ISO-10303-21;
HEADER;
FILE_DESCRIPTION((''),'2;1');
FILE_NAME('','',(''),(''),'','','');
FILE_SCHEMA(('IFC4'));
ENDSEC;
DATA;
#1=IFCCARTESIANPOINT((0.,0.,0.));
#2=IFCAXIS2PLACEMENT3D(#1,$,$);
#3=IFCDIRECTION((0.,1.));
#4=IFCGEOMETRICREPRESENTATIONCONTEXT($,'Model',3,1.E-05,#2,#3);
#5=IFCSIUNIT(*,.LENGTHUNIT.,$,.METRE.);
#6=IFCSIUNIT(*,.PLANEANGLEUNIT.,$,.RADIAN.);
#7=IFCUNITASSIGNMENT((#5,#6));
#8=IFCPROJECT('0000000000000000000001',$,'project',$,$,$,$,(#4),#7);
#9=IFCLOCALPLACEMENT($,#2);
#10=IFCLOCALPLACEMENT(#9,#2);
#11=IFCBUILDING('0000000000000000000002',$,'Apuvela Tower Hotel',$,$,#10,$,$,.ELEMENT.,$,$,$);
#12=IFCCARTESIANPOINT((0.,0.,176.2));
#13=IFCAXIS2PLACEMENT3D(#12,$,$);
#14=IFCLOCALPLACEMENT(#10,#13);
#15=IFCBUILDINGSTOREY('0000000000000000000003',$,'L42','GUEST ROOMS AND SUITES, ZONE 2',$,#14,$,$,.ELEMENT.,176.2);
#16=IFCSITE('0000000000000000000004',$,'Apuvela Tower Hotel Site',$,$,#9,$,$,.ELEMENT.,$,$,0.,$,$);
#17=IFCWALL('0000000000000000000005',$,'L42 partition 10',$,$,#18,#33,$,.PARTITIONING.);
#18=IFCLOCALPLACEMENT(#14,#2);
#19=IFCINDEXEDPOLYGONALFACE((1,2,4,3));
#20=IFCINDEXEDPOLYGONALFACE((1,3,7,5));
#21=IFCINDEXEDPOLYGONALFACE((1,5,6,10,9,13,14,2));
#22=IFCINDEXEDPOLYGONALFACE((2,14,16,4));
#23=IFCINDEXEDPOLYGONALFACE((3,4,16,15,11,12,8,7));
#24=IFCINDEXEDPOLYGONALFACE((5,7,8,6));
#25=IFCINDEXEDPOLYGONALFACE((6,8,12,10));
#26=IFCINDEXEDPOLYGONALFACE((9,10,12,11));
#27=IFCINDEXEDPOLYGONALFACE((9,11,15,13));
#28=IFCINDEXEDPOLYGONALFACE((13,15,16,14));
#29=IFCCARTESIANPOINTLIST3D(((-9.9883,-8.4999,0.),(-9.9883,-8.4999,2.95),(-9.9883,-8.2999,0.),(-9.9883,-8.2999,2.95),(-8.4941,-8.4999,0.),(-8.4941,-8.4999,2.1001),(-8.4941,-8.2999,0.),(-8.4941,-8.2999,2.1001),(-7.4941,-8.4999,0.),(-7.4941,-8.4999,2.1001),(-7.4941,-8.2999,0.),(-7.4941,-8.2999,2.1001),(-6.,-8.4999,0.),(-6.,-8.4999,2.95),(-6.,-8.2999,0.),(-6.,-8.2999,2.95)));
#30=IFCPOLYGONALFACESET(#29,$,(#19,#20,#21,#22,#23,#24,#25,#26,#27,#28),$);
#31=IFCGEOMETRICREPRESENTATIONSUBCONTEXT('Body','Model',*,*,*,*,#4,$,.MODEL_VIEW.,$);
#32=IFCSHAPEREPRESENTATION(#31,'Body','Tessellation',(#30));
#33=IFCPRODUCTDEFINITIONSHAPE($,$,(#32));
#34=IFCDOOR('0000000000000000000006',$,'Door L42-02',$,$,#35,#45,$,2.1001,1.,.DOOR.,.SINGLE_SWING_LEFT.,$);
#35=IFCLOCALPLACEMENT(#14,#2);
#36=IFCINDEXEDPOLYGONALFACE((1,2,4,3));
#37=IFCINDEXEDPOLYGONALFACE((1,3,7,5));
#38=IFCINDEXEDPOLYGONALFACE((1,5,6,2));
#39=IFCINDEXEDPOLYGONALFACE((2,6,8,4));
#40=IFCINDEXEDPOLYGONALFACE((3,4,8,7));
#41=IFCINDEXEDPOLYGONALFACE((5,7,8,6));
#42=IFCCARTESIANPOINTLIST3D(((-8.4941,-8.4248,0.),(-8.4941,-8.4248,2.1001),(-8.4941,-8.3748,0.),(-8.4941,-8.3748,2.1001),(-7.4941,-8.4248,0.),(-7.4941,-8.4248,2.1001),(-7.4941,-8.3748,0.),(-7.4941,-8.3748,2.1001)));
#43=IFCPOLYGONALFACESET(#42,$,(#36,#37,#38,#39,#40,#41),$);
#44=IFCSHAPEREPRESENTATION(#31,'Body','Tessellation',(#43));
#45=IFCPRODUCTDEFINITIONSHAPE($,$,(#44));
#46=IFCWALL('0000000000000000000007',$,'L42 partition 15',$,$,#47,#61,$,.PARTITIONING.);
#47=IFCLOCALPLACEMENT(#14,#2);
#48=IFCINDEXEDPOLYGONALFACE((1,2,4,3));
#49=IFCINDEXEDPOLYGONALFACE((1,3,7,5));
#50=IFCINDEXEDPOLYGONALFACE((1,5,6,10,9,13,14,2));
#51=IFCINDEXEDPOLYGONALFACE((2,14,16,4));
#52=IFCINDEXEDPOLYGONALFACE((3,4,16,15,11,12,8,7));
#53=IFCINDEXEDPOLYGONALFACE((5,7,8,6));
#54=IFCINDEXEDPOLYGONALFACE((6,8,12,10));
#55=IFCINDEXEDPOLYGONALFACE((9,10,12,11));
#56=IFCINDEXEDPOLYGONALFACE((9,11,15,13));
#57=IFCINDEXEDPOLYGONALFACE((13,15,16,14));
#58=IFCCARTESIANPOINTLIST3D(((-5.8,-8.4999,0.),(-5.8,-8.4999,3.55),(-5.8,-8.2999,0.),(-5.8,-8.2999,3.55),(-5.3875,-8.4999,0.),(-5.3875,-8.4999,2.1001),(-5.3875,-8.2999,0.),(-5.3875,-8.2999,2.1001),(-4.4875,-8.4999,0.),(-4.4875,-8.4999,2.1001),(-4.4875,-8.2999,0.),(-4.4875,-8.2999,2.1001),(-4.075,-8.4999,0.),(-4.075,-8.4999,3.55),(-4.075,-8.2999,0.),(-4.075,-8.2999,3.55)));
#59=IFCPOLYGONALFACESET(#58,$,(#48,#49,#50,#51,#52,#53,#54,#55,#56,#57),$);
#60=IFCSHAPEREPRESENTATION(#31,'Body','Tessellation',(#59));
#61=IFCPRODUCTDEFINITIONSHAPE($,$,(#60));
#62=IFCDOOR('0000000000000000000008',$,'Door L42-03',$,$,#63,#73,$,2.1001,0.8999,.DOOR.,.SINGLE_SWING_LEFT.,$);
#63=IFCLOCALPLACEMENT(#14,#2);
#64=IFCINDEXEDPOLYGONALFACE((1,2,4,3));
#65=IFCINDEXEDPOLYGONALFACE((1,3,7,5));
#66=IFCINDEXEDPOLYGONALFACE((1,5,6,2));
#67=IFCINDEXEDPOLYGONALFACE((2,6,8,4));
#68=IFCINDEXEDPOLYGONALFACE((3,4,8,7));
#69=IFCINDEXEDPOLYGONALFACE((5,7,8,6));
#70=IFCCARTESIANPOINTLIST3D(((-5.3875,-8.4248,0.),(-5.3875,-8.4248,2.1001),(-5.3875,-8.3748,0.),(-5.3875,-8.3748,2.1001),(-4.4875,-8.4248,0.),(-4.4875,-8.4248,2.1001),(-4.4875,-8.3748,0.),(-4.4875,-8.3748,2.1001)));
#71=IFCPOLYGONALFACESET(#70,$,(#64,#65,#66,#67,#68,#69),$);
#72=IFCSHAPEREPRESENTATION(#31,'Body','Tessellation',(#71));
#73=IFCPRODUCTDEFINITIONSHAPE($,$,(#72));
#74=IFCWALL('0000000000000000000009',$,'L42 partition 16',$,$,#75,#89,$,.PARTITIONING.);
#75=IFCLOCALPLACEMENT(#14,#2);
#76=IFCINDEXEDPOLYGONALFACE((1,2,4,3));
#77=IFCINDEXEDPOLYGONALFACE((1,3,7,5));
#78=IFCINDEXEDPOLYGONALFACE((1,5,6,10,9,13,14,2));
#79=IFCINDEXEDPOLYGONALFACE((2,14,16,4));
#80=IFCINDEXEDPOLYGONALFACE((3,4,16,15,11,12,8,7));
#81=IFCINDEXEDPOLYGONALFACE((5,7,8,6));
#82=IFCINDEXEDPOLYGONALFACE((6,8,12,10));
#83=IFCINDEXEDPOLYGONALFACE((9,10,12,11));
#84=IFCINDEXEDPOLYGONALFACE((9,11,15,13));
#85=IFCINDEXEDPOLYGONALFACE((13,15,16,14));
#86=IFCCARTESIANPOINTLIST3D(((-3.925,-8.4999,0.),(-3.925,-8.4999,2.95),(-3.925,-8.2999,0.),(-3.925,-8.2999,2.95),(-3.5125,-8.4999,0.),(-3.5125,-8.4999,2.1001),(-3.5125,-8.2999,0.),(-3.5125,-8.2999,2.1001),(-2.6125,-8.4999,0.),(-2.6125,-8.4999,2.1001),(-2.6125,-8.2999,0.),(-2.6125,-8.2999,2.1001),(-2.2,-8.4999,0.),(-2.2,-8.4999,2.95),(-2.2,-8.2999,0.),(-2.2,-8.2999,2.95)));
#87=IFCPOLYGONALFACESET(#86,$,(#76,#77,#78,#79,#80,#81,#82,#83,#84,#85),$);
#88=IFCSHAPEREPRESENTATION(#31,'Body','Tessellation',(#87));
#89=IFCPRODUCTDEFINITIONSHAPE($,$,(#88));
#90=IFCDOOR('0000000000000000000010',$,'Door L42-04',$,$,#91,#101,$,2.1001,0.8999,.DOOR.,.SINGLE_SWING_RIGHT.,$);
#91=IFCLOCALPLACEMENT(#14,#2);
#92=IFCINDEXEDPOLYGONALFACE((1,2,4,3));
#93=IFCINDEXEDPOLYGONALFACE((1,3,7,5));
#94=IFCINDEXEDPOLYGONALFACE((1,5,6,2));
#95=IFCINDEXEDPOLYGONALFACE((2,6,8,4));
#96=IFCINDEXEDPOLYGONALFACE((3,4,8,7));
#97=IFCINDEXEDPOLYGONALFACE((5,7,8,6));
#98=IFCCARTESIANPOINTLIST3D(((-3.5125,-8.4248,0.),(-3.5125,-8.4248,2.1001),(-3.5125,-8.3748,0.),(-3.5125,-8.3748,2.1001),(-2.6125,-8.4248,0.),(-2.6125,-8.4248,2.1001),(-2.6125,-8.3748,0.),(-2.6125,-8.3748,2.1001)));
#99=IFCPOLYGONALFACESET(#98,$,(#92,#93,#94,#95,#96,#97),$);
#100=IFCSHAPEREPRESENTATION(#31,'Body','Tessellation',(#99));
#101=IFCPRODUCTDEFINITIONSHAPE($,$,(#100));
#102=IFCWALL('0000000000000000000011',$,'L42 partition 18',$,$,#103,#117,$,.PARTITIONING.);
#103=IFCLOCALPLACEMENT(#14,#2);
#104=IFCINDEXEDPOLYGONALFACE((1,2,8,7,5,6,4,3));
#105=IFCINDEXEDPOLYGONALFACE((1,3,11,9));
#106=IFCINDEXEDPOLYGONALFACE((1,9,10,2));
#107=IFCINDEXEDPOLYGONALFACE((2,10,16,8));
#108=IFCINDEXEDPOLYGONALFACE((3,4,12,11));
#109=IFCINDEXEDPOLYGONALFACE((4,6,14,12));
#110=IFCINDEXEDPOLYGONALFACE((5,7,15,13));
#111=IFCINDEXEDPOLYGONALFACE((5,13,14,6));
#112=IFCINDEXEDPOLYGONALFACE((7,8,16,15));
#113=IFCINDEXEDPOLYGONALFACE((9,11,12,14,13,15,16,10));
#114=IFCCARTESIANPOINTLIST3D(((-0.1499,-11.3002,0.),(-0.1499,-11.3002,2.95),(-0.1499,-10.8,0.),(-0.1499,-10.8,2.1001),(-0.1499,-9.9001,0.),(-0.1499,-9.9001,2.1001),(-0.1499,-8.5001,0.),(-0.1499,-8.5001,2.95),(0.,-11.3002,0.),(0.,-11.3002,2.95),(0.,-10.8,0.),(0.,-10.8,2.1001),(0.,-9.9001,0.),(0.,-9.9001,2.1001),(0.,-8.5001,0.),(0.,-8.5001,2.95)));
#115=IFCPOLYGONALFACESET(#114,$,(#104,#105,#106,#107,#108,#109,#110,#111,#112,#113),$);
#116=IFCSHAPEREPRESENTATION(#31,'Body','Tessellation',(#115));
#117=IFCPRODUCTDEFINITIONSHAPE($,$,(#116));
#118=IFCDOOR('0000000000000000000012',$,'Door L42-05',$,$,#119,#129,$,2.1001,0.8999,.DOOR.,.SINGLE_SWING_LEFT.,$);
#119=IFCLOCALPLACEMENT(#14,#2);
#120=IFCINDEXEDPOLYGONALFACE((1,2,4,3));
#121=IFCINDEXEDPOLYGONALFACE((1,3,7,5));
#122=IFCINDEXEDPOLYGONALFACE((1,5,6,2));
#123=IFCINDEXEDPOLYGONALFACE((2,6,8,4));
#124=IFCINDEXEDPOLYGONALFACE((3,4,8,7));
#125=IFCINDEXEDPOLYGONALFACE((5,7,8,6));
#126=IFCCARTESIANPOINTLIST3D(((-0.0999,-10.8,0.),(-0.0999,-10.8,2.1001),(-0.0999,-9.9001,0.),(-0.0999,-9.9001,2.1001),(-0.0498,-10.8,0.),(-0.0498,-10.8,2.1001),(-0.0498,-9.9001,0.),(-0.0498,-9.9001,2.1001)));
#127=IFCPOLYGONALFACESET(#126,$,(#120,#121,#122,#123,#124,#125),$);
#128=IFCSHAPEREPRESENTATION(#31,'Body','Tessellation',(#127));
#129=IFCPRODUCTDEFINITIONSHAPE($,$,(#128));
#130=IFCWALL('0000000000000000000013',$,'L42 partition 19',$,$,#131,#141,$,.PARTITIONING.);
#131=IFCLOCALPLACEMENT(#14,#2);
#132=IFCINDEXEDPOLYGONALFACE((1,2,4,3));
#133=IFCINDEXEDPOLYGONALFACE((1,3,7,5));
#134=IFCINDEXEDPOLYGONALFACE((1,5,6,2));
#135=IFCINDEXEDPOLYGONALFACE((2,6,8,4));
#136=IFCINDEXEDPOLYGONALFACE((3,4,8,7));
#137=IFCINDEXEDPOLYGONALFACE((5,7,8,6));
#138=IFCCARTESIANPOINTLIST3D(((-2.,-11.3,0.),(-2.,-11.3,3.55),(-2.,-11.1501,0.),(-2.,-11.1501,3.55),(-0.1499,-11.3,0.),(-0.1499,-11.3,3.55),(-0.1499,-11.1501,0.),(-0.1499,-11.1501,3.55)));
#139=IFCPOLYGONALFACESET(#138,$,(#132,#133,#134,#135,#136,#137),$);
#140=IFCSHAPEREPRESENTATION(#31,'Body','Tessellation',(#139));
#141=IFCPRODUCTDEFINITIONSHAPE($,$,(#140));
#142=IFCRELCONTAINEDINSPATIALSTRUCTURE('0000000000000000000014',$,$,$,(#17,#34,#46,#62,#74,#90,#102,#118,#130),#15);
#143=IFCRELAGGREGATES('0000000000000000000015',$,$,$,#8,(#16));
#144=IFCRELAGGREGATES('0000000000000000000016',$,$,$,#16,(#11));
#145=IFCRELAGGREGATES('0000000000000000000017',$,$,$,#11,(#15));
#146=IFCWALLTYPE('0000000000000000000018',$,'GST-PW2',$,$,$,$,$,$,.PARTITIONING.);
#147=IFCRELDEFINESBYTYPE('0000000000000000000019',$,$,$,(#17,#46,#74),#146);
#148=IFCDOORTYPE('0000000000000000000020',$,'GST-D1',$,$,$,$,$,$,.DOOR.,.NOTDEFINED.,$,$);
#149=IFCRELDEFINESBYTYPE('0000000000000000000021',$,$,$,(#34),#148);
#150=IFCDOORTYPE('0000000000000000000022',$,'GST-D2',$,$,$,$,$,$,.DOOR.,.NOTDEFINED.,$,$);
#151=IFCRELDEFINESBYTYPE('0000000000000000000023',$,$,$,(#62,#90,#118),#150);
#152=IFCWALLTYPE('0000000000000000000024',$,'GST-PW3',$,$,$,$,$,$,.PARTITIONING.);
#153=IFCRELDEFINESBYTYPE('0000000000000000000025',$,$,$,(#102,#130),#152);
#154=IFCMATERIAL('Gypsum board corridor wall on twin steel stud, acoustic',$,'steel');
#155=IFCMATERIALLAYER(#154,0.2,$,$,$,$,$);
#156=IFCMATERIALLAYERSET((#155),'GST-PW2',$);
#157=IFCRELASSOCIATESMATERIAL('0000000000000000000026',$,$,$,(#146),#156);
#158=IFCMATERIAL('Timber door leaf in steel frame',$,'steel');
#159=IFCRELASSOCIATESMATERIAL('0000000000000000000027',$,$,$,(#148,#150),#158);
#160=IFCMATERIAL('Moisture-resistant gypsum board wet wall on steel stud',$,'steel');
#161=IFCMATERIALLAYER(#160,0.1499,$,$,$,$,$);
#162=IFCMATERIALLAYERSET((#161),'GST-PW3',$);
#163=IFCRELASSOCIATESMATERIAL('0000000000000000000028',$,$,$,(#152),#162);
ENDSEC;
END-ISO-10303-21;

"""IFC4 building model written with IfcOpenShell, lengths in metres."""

from ifc_helpers import new_model, si_unit, direction, frame, frame_2d, origin, place, context, subcontext, project, spatial, rectangle, extrude, material, layer, layer_set, type_object, element, fill, save


model = new_model("IFC4")

# Units and contexts
model_context = context("Model", 3, precision=1e-05, world=origin(), true_north=direction((0.0, 1.0)))
body_context = subcontext(model_context, "Body", "Model", "MODEL_VIEW")
ifc_project = project(units=[si_unit("LENGTHUNIT", "METRE"), si_unit("PLANEANGLEUNIT", "RADIAN")], contexts=[model_context])

# Site, building, storey
site_placement = place(None, origin())
site = spatial("IfcSite", under=ifc_project, at=site_placement, Name="Apuvela Tower Hotel Site", CompositionType="ELEMENT", RefElevation=0.0)
building_placement = place(site_placement, origin())
building = spatial("IfcBuilding", under=site, at=building_placement, Name="Apuvela Tower Hotel", CompositionType="ELEMENT")
storey_placement = place(building_placement, frame((0.0, 0.0, 176.2)))
storey = spatial("IfcBuildingStorey", under=building, at=storey_placement, Name="L42", Description="GUEST ROOMS AND SUITES, ZONE 2", CompositionType="ELEMENT", Elevation=176.2)

# Walls, openings, doors
ifc_material_1 = material(Name="Gypsum board corridor wall on twin steel stud, acoustic", Category="steel")
ifc_layer_1 = layer(ifc_material_1, 0.2)
ifc_layer_set_1 = layer_set([ifc_layer_1], Name="GST-PW2")
wall_type_1 = type_object("IfcWallType", Name="GST-PW2", PredefinedType="PARTITIONING", material=ifc_layer_set_1)
wall_1_placement = place(storey_placement, frame((-6.0, -8.3999, 0.0), z_axis=(0.0, 0.0, 1.0), x_axis=(-1.0, 0.0, 0.0)))
wall_1 = element("IfcWall", 1, at=wall_1_placement, inside=storey, type_object=wall_type_1, Name="L42 partition 10", PredefinedType="PARTITIONING", context=body_context, shape_type="SweptSolid", body=[
    extrude(rectangle(XDim=3.9883, YDim=0.2, at=frame_2d((1.9941, 0.0))), origin(), (0.0, 0.0, 1.0), 2.95),
])
opening_1_placement = place(wall_1_placement, frame((1.4941, 0.0, 0.0)))
opening_1 = element("IfcOpeningElement", 2, at=opening_1_placement, cuts=wall_1, PredefinedType="OPENING", context=body_context, shape_type="SweptSolid", body=[
    extrude(rectangle(XDim=1.0, YDim=2.1001, at=frame_2d((0.5, 1.05))), frame((0.0, 0.1099, 0.0), z_axis=(0.0, -1.0, 0.0), x_axis=(1.0, 0.0, 0.0)), (0.0, 0.0, 1.0), 0.22),
])
ifc_material_2 = material(Name="Timber door leaf in steel frame", Category="steel")
door_type_1 = type_object("IfcDoorType", Name="GST-D1", OperationType="NOTDEFINED", PredefinedType="DOOR", material=ifc_material_2)
door_1_placement = place(opening_1_placement, origin())
door_1 = element("IfcDoor", 3, at=door_1_placement, inside=storey, type_object=door_type_1, Name="Door L42-02", OperationType="SINGLE_SWING_LEFT", OverallHeight=2.1001, OverallWidth=1.0, PredefinedType="DOOR", context=body_context, shape_type="SweptSolid", body=[
    extrude(rectangle(XDim=1.0, YDim=2.1001, at=frame_2d((0.5, 1.05))), frame((0.0, 0.0249, 0.0), z_axis=(0.0, -1.0, 0.0), x_axis=(1.0, 0.0, 0.0)), (0.0, 0.0, 1.0), 0.05),
])
fill(opening_1, door_1)
wall_2_placement = place(storey_placement, frame((-4.075, -8.3999, 0.0), z_axis=(0.0, 0.0, 1.0), x_axis=(-1.0, 0.0, 0.0)))
wall_2 = element("IfcWall", 4, at=wall_2_placement, inside=storey, type_object=wall_type_1, Name="L42 partition 15", PredefinedType="PARTITIONING", context=body_context, shape_type="SweptSolid", body=[
    extrude(rectangle(XDim=1.7251, YDim=0.2, at=frame_2d((0.8625, 0.0))), origin(), (0.0, 0.0, 1.0), 3.55),
])
opening_2_placement = place(wall_2_placement, frame((0.4126, 0.0, 0.0)))
opening_2 = element("IfcOpeningElement", 5, at=opening_2_placement, cuts=wall_2, PredefinedType="OPENING", context=body_context, shape_type="SweptSolid", body=[
    extrude(rectangle(XDim=0.8999, YDim=2.1001, at=frame_2d((0.45, 1.05))), frame((0.0, 0.1099, 0.0), z_axis=(0.0, -1.0, 0.0), x_axis=(1.0, 0.0, 0.0)), (0.0, 0.0, 1.0), 0.22),
])
door_type_2 = type_object("IfcDoorType", Name="GST-D2", OperationType="NOTDEFINED", PredefinedType="DOOR", material=ifc_material_2)
door_2_placement = place(opening_2_placement, origin())
door_2 = element("IfcDoor", 6, at=door_2_placement, inside=storey, type_object=door_type_2, Name="Door L42-03", OperationType="SINGLE_SWING_LEFT", OverallHeight=2.1001, OverallWidth=0.8999, PredefinedType="DOOR", context=body_context, shape_type="SweptSolid", body=[
    extrude(rectangle(XDim=0.8999, YDim=2.1001, at=frame_2d((0.45, 1.05))), frame((0.0, 0.0249, 0.0), z_axis=(0.0, -1.0, 0.0), x_axis=(1.0, 0.0, 0.0)), (0.0, 0.0, 1.0), 0.05),
])
fill(opening_2, door_2)
wall_3_placement = place(storey_placement, frame((-2.2, -8.3999, 0.0), z_axis=(0.0, 0.0, 1.0), x_axis=(-1.0, 0.0, 0.0)))
wall_3 = element("IfcWall", 7, at=wall_3_placement, inside=storey, type_object=wall_type_1, Name="L42 partition 16", PredefinedType="PARTITIONING", context=body_context, shape_type="SweptSolid", body=[
    extrude(rectangle(XDim=1.7251, YDim=0.2, at=frame_2d((0.8625, 0.0))), origin(), (0.0, 0.0, 1.0), 2.95),
])
opening_3_placement = place(wall_3_placement, frame((0.4126, 0.0, 0.0)))
opening_3 = element("IfcOpeningElement", 8, at=opening_3_placement, cuts=wall_3, PredefinedType="OPENING", context=body_context, shape_type="SweptSolid", body=[
    extrude(rectangle(XDim=0.8999, YDim=2.1001, at=frame_2d((0.45, 1.05))), frame((0.0, 0.1099, 0.0), z_axis=(0.0, -1.0, 0.0), x_axis=(1.0, 0.0, 0.0)), (0.0, 0.0, 1.0), 0.22),
])
door_3_placement = place(opening_3_placement, origin())
door_3 = element("IfcDoor", 9, at=door_3_placement, inside=storey, type_object=door_type_2, Name="Door L42-04", OperationType="SINGLE_SWING_RIGHT", OverallHeight=2.1001, OverallWidth=0.8999, PredefinedType="DOOR", context=body_context, shape_type="SweptSolid", body=[
    extrude(rectangle(XDim=0.8999, YDim=2.1001, at=frame_2d((0.45, 1.05))), frame((0.0, 0.0249, 0.0), z_axis=(0.0, -1.0, 0.0), x_axis=(1.0, 0.0, 0.0)), (0.0, 0.0, 1.0), 0.05),
])
fill(opening_3, door_3)
ifc_material_3 = material(Name="Moisture-resistant gypsum board wet wall on steel stud", Category="steel")
ifc_layer_2 = layer(ifc_material_3, 0.1499)
ifc_layer_set_2 = layer_set([ifc_layer_2], Name="GST-PW3")
wall_type_2 = type_object("IfcWallType", Name="GST-PW3", PredefinedType="PARTITIONING", material=ifc_layer_set_2)
wall_4_placement = place(storey_placement, frame((-0.075, -11.3, 0.0), z_axis=(0.0, 0.0, 1.0), x_axis=(0.0, 1.0, 0.0)))
wall_4 = element("IfcWall", 10, at=wall_4_placement, inside=storey, type_object=wall_type_2, Name="L42 partition 18", PredefinedType="PARTITIONING", context=body_context, shape_type="SweptSolid", body=[
    extrude(rectangle(XDim=2.8, YDim=0.1499, at=frame_2d((1.3999, 0.0))), origin(), (0.0, 0.0, 1.0), 2.95),
])
opening_4_placement = place(wall_4_placement, frame((0.5, 0.0, 0.0)))
opening_4 = element("IfcOpeningElement", 11, at=opening_4_placement, cuts=wall_4, PredefinedType="OPENING", context=body_context, shape_type="SweptSolid", body=[
    extrude(rectangle(XDim=0.8999, YDim=2.1001, at=frame_2d((0.45, 1.05))), frame((0.0, 0.085, 0.0), z_axis=(0.0, -1.0, 0.0), x_axis=(1.0, 0.0, 0.0)), (0.0, 0.0, 1.0), 0.1699),
])
door_4_placement = place(opening_4_placement, origin())
door_4 = element("IfcDoor", 12, at=door_4_placement, inside=storey, type_object=door_type_2, Name="Door L42-05", OperationType="SINGLE_SWING_LEFT", OverallHeight=2.1001, OverallWidth=0.8999, PredefinedType="DOOR", context=body_context, shape_type="SweptSolid", body=[
    extrude(rectangle(XDim=0.8999, YDim=2.1001, at=frame_2d((0.45, 1.05))), frame((0.0, 0.0249, 0.0), z_axis=(0.0, -1.0, 0.0), x_axis=(1.0, 0.0, 0.0)), (0.0, 0.0, 1.0), 0.05),
])
fill(opening_4, door_4)

# Wall
wall_5_placement = place(storey_placement, frame((-2.0, -11.2251, 0.0), z_axis=(0.0, 0.0, 1.0), x_axis=(1.0, 0.0, 0.0)))
element("IfcWall", 13, at=wall_5_placement, inside=storey, type_object=wall_type_2, Name="L42 partition 19", PredefinedType="PARTITIONING", context=body_context, shape_type="SweptSolid", body=[
    extrude(rectangle(XDim=1.8501, YDim=0.1499, at=frame_2d((0.925, 0.0))), origin(), (0.0, 0.0, 1.0), 3.55),
])

save(model, "model.ifc")
